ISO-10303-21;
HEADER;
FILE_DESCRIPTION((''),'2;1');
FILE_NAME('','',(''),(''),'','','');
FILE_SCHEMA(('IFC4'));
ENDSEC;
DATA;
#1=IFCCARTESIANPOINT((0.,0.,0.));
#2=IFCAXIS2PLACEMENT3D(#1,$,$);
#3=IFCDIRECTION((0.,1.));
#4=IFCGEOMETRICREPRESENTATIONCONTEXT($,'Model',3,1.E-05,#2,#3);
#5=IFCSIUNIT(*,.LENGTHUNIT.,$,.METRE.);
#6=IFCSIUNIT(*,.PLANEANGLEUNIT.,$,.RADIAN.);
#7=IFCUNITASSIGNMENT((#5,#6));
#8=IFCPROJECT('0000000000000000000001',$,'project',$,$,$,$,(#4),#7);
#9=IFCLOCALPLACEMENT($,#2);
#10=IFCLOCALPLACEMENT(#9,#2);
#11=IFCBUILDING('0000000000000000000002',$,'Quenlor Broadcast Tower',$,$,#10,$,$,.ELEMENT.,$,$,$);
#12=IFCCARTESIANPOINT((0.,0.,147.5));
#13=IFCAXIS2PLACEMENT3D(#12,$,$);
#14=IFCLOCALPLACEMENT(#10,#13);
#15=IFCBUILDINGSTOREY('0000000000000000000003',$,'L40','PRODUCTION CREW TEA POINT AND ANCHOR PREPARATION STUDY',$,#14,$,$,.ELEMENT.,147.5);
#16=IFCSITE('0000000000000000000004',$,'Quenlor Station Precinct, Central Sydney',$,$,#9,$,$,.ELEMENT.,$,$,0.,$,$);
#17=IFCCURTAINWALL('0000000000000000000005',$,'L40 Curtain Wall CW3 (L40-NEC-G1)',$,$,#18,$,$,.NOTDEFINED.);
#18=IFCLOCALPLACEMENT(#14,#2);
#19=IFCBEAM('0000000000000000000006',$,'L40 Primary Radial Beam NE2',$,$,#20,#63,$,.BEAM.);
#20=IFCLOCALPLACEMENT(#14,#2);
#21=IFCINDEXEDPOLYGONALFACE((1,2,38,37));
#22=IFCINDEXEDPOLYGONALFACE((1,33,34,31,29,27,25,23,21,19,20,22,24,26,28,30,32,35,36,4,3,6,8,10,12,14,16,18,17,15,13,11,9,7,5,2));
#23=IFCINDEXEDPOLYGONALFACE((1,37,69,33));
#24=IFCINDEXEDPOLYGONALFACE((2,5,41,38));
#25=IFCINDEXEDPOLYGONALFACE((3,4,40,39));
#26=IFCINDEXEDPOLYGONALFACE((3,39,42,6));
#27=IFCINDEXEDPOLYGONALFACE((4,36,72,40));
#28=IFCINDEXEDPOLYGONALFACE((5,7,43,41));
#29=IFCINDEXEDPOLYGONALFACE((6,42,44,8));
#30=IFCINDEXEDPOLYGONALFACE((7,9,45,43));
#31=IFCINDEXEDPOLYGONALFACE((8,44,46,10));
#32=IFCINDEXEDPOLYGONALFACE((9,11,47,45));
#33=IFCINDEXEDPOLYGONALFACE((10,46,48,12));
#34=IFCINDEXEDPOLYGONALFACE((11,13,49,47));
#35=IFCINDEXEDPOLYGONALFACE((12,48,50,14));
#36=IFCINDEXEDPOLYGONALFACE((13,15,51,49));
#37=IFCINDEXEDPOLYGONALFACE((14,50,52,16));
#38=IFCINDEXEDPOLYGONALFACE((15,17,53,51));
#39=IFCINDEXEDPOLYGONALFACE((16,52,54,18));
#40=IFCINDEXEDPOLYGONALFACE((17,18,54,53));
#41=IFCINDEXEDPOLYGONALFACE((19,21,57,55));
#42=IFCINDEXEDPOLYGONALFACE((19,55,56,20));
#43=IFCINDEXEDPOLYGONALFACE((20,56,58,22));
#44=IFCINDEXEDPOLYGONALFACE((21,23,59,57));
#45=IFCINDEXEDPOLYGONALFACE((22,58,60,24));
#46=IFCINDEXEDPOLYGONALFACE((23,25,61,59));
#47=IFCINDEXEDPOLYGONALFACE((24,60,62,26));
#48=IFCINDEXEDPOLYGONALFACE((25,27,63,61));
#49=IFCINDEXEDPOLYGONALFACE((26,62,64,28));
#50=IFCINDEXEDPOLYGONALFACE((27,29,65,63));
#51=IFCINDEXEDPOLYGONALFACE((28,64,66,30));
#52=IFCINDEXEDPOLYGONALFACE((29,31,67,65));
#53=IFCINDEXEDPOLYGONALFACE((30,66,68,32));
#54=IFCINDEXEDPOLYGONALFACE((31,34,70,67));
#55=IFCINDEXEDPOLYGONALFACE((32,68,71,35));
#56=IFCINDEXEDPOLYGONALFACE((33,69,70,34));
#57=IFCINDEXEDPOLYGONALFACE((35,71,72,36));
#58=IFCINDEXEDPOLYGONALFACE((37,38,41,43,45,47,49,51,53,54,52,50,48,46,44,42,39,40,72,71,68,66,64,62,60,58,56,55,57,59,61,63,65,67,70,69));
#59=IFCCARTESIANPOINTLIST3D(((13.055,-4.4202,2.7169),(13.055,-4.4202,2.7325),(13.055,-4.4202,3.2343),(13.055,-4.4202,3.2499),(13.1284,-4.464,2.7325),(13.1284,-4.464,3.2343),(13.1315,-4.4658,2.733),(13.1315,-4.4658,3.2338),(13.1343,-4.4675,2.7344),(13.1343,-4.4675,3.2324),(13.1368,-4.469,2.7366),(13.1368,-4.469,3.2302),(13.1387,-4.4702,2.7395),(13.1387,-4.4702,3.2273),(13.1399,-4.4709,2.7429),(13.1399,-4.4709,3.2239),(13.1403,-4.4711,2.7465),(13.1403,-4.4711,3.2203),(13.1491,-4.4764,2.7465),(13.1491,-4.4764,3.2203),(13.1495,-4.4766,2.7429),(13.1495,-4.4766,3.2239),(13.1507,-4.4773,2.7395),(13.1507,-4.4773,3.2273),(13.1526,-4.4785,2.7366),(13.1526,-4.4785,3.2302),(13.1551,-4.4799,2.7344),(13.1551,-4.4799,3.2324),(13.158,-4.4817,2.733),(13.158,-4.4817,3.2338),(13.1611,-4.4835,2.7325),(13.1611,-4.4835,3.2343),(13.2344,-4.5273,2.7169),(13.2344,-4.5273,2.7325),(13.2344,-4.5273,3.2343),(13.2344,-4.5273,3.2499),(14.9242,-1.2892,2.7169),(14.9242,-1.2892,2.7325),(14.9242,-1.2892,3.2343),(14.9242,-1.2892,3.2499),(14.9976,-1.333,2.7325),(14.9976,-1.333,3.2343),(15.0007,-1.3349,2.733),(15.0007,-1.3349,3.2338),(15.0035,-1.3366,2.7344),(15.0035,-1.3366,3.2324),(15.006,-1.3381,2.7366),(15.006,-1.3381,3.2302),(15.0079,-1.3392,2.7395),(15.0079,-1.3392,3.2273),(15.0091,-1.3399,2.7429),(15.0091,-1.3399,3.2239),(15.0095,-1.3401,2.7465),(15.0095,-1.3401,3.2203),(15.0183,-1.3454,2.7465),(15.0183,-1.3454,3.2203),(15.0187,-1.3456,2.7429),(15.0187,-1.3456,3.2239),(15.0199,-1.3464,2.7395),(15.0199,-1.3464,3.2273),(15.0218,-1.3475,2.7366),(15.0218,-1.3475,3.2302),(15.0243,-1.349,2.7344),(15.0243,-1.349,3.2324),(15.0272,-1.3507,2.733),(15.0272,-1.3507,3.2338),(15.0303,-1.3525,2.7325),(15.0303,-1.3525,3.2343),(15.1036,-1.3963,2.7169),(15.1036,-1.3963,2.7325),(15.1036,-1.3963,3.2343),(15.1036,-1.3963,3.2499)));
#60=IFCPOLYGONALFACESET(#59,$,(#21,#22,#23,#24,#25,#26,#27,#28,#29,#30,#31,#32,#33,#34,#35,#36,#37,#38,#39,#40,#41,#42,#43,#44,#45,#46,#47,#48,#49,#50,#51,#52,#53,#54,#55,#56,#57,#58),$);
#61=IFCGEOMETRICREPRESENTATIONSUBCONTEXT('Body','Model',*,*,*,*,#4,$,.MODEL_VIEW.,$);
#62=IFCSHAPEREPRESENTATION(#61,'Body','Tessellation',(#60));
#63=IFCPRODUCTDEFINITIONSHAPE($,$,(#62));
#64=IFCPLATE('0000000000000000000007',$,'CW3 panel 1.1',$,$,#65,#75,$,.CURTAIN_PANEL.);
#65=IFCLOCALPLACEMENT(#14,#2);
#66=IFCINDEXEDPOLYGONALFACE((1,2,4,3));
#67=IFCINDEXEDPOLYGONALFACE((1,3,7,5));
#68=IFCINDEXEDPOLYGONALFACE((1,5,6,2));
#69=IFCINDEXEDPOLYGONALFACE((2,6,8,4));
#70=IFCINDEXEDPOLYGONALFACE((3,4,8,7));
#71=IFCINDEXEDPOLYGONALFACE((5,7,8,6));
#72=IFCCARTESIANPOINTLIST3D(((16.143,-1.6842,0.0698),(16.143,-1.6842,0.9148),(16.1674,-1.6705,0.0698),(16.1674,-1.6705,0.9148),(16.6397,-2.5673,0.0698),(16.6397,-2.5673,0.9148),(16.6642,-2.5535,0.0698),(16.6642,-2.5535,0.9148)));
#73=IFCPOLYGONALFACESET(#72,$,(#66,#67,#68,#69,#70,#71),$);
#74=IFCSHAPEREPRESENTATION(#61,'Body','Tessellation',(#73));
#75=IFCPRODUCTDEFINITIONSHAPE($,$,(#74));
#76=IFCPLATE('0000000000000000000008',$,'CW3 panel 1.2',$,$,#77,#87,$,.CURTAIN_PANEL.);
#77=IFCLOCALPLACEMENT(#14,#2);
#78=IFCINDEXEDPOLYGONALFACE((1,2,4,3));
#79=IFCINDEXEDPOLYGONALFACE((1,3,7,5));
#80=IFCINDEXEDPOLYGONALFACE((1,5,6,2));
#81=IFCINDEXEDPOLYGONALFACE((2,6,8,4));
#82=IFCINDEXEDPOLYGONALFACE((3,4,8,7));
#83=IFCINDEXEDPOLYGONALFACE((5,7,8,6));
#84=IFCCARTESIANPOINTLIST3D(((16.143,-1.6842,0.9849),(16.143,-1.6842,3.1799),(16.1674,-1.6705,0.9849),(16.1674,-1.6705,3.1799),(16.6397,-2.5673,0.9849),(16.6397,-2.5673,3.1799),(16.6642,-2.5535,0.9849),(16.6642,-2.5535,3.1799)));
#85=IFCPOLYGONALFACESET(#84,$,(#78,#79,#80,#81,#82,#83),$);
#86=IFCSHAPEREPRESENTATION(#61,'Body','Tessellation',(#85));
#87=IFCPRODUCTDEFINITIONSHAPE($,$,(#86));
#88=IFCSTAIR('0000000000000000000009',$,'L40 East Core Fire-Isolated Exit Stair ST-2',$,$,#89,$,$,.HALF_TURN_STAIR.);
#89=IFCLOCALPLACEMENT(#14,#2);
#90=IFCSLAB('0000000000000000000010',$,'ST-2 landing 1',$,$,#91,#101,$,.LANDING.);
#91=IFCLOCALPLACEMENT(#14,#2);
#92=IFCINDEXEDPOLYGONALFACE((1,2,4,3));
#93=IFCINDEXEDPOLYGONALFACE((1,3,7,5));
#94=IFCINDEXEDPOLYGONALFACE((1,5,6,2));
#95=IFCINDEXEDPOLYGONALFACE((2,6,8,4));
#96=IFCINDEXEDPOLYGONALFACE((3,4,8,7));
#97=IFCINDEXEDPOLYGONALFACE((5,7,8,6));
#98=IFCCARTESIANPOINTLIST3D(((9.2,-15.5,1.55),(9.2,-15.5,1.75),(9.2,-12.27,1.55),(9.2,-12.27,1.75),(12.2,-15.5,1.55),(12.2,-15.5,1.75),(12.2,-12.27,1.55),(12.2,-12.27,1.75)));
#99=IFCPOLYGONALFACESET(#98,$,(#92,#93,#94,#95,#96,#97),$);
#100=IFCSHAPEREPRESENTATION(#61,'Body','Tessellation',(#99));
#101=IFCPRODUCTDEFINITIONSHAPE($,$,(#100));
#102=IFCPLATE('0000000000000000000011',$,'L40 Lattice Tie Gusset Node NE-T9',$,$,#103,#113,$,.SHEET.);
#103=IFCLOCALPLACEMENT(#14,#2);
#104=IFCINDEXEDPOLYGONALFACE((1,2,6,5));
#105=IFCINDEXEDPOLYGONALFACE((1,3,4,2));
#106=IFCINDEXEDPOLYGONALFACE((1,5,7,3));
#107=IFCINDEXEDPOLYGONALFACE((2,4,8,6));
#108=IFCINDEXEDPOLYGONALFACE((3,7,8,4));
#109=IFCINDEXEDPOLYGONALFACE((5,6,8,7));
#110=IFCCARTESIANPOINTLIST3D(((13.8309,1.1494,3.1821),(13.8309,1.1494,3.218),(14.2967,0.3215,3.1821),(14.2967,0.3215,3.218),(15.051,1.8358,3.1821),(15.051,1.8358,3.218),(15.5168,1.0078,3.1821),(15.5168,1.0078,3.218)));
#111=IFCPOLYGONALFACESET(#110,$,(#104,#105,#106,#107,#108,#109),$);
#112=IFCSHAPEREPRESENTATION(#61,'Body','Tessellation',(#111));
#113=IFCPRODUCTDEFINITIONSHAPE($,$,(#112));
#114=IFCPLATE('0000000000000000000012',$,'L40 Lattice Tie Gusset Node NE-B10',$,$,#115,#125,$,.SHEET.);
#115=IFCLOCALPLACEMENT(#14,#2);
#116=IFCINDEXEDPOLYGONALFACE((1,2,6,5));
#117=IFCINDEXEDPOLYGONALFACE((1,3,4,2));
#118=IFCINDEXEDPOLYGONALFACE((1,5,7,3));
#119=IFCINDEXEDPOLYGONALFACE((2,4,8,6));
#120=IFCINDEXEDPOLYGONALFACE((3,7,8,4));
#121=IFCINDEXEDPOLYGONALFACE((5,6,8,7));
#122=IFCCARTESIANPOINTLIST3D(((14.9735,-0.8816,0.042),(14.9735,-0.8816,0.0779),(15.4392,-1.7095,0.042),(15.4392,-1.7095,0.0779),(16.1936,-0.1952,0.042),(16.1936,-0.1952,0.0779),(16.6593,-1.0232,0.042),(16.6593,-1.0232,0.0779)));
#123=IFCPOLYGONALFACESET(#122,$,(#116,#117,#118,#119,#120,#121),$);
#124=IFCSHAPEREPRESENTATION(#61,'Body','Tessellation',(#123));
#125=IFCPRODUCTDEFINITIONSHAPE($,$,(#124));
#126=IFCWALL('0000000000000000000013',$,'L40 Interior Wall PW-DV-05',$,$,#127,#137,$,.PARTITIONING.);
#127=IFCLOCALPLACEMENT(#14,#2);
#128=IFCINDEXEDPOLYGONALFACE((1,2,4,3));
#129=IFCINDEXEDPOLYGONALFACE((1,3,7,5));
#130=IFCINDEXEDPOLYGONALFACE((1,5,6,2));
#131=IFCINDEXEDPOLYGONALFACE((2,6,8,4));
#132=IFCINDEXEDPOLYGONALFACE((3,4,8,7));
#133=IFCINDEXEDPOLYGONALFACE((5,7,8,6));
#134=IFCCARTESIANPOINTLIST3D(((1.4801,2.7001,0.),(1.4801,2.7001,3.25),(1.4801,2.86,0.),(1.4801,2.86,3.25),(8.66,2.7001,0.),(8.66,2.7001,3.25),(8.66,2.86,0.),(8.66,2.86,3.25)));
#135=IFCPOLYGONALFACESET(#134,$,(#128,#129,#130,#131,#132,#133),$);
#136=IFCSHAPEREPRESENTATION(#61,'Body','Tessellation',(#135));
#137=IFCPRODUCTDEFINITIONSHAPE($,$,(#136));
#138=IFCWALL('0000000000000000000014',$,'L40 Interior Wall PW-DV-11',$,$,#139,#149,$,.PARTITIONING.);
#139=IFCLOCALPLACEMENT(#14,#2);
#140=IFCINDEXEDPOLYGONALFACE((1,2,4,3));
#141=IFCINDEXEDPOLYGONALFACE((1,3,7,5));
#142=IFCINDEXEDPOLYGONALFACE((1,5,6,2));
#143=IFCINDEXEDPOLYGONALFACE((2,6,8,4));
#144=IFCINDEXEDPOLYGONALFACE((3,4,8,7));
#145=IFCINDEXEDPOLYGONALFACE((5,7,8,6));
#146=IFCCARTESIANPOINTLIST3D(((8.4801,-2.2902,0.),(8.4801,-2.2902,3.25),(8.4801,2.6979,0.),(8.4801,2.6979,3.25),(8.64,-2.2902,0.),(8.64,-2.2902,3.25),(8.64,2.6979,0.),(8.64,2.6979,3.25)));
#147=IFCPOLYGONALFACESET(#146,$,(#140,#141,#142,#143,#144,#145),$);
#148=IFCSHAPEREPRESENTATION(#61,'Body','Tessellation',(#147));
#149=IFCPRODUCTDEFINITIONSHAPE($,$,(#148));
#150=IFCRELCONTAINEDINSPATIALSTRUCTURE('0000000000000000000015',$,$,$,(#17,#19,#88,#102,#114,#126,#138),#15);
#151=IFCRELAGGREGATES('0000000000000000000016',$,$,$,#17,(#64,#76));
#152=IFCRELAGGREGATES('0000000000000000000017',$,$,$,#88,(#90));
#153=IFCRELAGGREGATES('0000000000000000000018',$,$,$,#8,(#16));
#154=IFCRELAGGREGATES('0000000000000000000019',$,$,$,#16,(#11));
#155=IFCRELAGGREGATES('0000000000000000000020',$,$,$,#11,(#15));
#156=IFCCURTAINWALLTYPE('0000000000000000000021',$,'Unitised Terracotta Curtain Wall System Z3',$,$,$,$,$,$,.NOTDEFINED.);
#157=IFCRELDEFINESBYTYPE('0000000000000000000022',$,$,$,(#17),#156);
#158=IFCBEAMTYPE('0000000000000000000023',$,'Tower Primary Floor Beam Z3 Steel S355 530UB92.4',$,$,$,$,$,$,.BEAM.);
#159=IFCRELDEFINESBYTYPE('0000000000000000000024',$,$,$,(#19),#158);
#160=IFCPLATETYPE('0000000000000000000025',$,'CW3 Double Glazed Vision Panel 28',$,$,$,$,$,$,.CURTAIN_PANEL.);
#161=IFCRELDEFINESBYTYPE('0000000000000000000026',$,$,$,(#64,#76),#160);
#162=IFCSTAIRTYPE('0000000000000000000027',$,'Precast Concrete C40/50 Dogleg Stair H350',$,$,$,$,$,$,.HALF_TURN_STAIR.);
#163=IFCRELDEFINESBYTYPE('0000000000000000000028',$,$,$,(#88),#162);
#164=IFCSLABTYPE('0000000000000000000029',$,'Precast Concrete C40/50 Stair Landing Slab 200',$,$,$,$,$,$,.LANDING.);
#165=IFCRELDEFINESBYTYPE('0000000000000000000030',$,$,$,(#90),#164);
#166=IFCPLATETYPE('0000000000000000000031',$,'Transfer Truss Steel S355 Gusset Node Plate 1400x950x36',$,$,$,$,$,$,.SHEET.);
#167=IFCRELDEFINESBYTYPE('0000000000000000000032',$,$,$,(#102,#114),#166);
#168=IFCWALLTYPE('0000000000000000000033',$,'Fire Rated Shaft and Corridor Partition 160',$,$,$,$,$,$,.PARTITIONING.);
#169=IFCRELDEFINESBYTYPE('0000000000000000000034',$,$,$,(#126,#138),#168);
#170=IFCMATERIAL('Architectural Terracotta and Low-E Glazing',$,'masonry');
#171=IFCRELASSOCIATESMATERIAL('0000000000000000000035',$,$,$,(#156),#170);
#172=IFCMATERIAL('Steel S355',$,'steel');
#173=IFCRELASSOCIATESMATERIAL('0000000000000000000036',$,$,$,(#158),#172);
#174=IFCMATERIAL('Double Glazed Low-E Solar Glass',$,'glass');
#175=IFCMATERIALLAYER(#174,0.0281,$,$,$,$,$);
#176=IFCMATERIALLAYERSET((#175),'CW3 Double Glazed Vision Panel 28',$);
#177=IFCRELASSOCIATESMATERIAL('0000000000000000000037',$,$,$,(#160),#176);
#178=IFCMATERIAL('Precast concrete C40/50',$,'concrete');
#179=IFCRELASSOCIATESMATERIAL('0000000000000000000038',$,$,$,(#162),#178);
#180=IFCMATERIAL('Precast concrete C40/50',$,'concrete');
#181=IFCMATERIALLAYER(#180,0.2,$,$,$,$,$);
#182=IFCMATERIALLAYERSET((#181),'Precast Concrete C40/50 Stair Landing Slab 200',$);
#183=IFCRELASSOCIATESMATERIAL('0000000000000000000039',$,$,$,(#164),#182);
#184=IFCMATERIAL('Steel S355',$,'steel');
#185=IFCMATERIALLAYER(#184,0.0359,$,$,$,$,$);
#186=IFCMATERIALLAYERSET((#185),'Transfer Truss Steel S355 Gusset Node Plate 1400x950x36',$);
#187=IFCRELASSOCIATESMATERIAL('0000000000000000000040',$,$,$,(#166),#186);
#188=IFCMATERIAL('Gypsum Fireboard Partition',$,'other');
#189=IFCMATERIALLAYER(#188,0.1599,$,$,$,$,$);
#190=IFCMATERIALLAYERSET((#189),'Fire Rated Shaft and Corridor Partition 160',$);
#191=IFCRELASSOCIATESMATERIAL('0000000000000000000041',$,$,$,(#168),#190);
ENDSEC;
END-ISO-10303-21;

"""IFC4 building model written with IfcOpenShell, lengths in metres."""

from ifc_helpers import new_model, si_unit, direction, frame, frame_2d, origin, origin_2d, place, context, subcontext, project, spatial, polyline, rectangle, i_section, outline, extrude, material, layer, layer_set, material_profile, profile_set, type_object, element, aggregate, save


model = new_model("IFC4")

# Units and contexts
model_context = context("Model", 3, precision=1e-05, world=origin(), true_north=direction((0.0, 1.0)))
body_context = subcontext(model_context, "Body", "Model", "MODEL_VIEW")
ifc_project = project(units=[si_unit("LENGTHUNIT", "METRE"), si_unit("PLANEANGLEUNIT", "RADIAN")], contexts=[model_context])

# Site, building, storey
site_placement = place(None, origin())
site = spatial("IfcSite", under=ifc_project, at=site_placement, Name="Quenlor Station Precinct, Central Sydney", CompositionType="ELEMENT", RefElevation=0.0)
building_placement = place(site_placement, origin())
building = spatial("IfcBuilding", under=site, at=building_placement, Name="Quenlor Broadcast Tower", CompositionType="ELEMENT")
storey_placement = place(building_placement, frame((0.0, 0.0, 147.5)))
storey = spatial("IfcBuildingStorey", under=building, at=storey_placement, Name="L40", Description="PRODUCTION CREW TEA POINT AND ANCHOR PREPARATION STUDY", CompositionType="ELEMENT", Elevation=147.5)

# Curtain wall
ifc_material_1 = material(Name="Architectural Terracotta and Low-E Glazing", Category="masonry")
curtain_wall_type = type_object("IfcCurtainWallType", Name="Unitised Terracotta Curtain Wall System Z3", PredefinedType="NOTDEFINED", material=ifc_material_1)
curtain_wall_placement = place(storey_placement, origin())
curtain_wall = element("IfcCurtainWall", 1, at=curtain_wall_placement, inside=storey, type_object=curtain_wall_type, Name="L40 Curtain Wall CW3 (L40-NEC-G1)", PredefinedType="NOTDEFINED")

# Beam
ifc_material_2 = material(Name="Steel S355", Category="steel")
ifc_material_profile_1 = material_profile(ifc_material_2, i_section(OverallWidth=0.209, OverallDepth=0.533, WebThickness=0.0103, FlangeThickness=0.0156, FilletRadius=0.0139, at=origin_2d()))
ifc_profile_set_1 = profile_set([ifc_material_profile_1], Name="Steel S355 530UB92.4")
beam_type_1 = type_object("IfcBeamType", Name="Tower Primary Floor Beam Z3 Steel S355 530UB92.4", PredefinedType="BEAM", material=ifc_profile_set_1)
beam_1_placement = place(storey_placement, frame((15.0139, -1.3428, 2.9834), z_axis=(-0.512604, -0.858625, 0.0), x_axis=(0.858625, -0.512604, 0.0)))
element("IfcBeam", 2, at=beam_1_placement, inside=storey, type_object=beam_type_1, Name="L40 Primary Radial Beam NE2", PredefinedType="BEAM", context=body_context, shape_type="SweptSolid", body=[
    extrude(i_section(OverallWidth=0.209, OverallDepth=0.533, WebThickness=0.0103, FlangeThickness=0.0156, FilletRadius=0.0139, at=origin_2d()), origin(), (0.0, 0.0, 1.0), 3.6465),
])

# Plates
ifc_material_3 = material(Name="Double Glazed Low-E Solar Glass", Category="glass")
ifc_layer_1 = layer(ifc_material_3, 0.0281)
ifc_layer_set_1 = layer_set([ifc_layer_1], Name="CW3 Double Glazed Vision Panel 28")
plate_type_1 = type_object("IfcPlateType", Name="CW3 Double Glazed Vision Panel 28", PredefinedType="CURTAIN_PANEL", material=ifc_layer_set_1)
plate_1_placement = place(storey_placement, frame((16.4036, -2.1189, 0.0698), z_axis=(0.0, 0.0, 1.0), x_axis=(0.490253, -0.87158, 0.0)))
plate_1 = element("IfcPlate", 3, at=plate_1_placement, type_object=plate_type_1, Name="CW3 panel 1.1", PredefinedType="CURTAIN_PANEL", context=body_context, shape_type="SweptSolid", body=[
    extrude(rectangle(XDim=1.0132, YDim=0.0281, at=origin_2d()), origin(), (0.0, 0.0, 1.0), 0.845),
])
plate_2_placement = place(storey_placement, frame((16.4036, -2.1189, 0.9849), z_axis=(0.0, 0.0, 1.0), x_axis=(0.490253, -0.87158, 0.0)))
plate_2 = element("IfcPlate", 4, at=plate_2_placement, type_object=plate_type_1, Name="CW3 panel 1.2", PredefinedType="CURTAIN_PANEL", context=body_context, shape_type="SweptSolid", body=[
    extrude(rectangle(XDim=1.0132, YDim=0.0281, at=origin_2d()), origin(), (0.0, 0.0, 1.0), 2.1951),
])
aggregate(curtain_wall, [plate_1, plate_2])

# Stair, slab
ifc_material_4 = material(Name="Precast concrete C40/50", Category="concrete")
stair_type = type_object("IfcStairType", Name="Precast Concrete C40/50 Dogleg Stair H350", PredefinedType="HALF_TURN_STAIR", material=ifc_material_4)
stair_placement = place(storey_placement, origin())
stair = element("IfcStair", 5, at=stair_placement, inside=storey, type_object=stair_type, Name="L40 East Core Fire-Isolated Exit Stair ST-2", PredefinedType="HALF_TURN_STAIR")
ifc_material_5 = material(Name="Precast concrete C40/50", Category="concrete")
ifc_layer_2 = layer(ifc_material_5, 0.2)
ifc_layer_set_2 = layer_set([ifc_layer_2], Name="Precast Concrete C40/50 Stair Landing Slab 200")
slab_type = type_object("IfcSlabType", Name="Precast Concrete C40/50 Stair Landing Slab 200", PredefinedType="LANDING", material=ifc_layer_set_2)
slab_placement = place(storey_placement, frame((0.0, 0.0, 1.55)))
slab = element("IfcSlab", 6, at=slab_placement, type_object=slab_type, Name="ST-2 landing 1", PredefinedType="LANDING", context=body_context, shape_type="SweptSolid", body=[
    extrude(outline(polyline([(9.2, -12.27), (9.2, -15.5), (12.2, -15.5), (12.2, -12.27), (9.2, -12.27)])), origin(), (0.0, 0.0, 1.0), 0.2),
])
aggregate(stair, [slab])

# Plates
ifc_material_6 = material(Name="Steel S355", Category="steel")
ifc_layer_3 = layer(ifc_material_6, 0.0359)
ifc_layer_set_3 = layer_set([ifc_layer_3], Name="Transfer Truss Steel S355 Gusset Node Plate 1400x950x36")
plate_type_2 = type_object("IfcPlateType", Name="Transfer Truss Steel S355 Gusset Node Plate 1400x950x36", PredefinedType="SHEET", material=ifc_layer_set_3)
for number, where, z_axis, x_axis, name in (
    (7, (14.6738, 1.0786, 3.1821), (0.0, 0.0, 1.0), (0.871556, 0.490295, 0.0), "L40 Lattice Tie Gusset Node NE-T9"),
    (8, (15.8164, -0.9524, 0.042), (0.0, 0.0, 1.0), (0.871556, 0.490295, 0.0), "L40 Lattice Tie Gusset Node NE-B10"),
):
    element("IfcPlate", number, at=place(storey_placement, frame(where, z_axis=z_axis, x_axis=x_axis)), inside=storey, type_object=plate_type_2, Name=name, PredefinedType="SHEET", context=body_context, shape_type="SweptSolid", body=[
        extrude(rectangle(XDim=1.3999, YDim=0.95, at=origin_2d()), origin(), (0.0, 0.0, 1.0), 0.0359),
    ])

# Walls
ifc_material_7 = material(Name="Gypsum Fireboard Partition", Category="other")
ifc_layer_4 = layer(ifc_material_7, 0.1599)
ifc_layer_set_4 = layer_set([ifc_layer_4], Name="Fire Rated Shaft and Corridor Partition 160")
wall_type_1 = type_object("IfcWallType", Name="Fire Rated Shaft and Corridor Partition 160", PredefinedType="PARTITIONING", material=ifc_layer_set_4)
wall_1_placement = place(storey_placement, frame((8.6599, 2.78, 0.0), z_axis=(0.0, 0.0, 1.0), x_axis=(-1.0, 0.0, 0.0)))
element("IfcWall", 9, at=wall_1_placement, inside=storey, type_object=wall_type_1, Name="L40 Interior Wall PW-DV-05", PredefinedType="PARTITIONING", context=body_context, shape_type="SweptSolid", body=[
    extrude(rectangle(XDim=7.1799, YDim=0.1599, at=frame_2d((3.5898, 0.0))), origin(), (0.0, 0.0, 1.0), 3.25),
])
wall_2_placement = place(storey_placement, frame((8.5601, 2.698, 0.0), z_axis=(0.0, 0.0, 1.0), x_axis=(0.0, -1.0, 0.0)))
element("IfcWall", 10, at=wall_2_placement, inside=storey, type_object=wall_type_1, Name="L40 Interior Wall PW-DV-11", PredefinedType="PARTITIONING", context=body_context, shape_type="SweptSolid", body=[
    extrude(rectangle(XDim=4.988, YDim=0.1599, at=frame_2d((2.4941, 0.0))), origin(), (0.0, 0.0, 1.0), 3.25),
])

save(model, "model.ifc")
